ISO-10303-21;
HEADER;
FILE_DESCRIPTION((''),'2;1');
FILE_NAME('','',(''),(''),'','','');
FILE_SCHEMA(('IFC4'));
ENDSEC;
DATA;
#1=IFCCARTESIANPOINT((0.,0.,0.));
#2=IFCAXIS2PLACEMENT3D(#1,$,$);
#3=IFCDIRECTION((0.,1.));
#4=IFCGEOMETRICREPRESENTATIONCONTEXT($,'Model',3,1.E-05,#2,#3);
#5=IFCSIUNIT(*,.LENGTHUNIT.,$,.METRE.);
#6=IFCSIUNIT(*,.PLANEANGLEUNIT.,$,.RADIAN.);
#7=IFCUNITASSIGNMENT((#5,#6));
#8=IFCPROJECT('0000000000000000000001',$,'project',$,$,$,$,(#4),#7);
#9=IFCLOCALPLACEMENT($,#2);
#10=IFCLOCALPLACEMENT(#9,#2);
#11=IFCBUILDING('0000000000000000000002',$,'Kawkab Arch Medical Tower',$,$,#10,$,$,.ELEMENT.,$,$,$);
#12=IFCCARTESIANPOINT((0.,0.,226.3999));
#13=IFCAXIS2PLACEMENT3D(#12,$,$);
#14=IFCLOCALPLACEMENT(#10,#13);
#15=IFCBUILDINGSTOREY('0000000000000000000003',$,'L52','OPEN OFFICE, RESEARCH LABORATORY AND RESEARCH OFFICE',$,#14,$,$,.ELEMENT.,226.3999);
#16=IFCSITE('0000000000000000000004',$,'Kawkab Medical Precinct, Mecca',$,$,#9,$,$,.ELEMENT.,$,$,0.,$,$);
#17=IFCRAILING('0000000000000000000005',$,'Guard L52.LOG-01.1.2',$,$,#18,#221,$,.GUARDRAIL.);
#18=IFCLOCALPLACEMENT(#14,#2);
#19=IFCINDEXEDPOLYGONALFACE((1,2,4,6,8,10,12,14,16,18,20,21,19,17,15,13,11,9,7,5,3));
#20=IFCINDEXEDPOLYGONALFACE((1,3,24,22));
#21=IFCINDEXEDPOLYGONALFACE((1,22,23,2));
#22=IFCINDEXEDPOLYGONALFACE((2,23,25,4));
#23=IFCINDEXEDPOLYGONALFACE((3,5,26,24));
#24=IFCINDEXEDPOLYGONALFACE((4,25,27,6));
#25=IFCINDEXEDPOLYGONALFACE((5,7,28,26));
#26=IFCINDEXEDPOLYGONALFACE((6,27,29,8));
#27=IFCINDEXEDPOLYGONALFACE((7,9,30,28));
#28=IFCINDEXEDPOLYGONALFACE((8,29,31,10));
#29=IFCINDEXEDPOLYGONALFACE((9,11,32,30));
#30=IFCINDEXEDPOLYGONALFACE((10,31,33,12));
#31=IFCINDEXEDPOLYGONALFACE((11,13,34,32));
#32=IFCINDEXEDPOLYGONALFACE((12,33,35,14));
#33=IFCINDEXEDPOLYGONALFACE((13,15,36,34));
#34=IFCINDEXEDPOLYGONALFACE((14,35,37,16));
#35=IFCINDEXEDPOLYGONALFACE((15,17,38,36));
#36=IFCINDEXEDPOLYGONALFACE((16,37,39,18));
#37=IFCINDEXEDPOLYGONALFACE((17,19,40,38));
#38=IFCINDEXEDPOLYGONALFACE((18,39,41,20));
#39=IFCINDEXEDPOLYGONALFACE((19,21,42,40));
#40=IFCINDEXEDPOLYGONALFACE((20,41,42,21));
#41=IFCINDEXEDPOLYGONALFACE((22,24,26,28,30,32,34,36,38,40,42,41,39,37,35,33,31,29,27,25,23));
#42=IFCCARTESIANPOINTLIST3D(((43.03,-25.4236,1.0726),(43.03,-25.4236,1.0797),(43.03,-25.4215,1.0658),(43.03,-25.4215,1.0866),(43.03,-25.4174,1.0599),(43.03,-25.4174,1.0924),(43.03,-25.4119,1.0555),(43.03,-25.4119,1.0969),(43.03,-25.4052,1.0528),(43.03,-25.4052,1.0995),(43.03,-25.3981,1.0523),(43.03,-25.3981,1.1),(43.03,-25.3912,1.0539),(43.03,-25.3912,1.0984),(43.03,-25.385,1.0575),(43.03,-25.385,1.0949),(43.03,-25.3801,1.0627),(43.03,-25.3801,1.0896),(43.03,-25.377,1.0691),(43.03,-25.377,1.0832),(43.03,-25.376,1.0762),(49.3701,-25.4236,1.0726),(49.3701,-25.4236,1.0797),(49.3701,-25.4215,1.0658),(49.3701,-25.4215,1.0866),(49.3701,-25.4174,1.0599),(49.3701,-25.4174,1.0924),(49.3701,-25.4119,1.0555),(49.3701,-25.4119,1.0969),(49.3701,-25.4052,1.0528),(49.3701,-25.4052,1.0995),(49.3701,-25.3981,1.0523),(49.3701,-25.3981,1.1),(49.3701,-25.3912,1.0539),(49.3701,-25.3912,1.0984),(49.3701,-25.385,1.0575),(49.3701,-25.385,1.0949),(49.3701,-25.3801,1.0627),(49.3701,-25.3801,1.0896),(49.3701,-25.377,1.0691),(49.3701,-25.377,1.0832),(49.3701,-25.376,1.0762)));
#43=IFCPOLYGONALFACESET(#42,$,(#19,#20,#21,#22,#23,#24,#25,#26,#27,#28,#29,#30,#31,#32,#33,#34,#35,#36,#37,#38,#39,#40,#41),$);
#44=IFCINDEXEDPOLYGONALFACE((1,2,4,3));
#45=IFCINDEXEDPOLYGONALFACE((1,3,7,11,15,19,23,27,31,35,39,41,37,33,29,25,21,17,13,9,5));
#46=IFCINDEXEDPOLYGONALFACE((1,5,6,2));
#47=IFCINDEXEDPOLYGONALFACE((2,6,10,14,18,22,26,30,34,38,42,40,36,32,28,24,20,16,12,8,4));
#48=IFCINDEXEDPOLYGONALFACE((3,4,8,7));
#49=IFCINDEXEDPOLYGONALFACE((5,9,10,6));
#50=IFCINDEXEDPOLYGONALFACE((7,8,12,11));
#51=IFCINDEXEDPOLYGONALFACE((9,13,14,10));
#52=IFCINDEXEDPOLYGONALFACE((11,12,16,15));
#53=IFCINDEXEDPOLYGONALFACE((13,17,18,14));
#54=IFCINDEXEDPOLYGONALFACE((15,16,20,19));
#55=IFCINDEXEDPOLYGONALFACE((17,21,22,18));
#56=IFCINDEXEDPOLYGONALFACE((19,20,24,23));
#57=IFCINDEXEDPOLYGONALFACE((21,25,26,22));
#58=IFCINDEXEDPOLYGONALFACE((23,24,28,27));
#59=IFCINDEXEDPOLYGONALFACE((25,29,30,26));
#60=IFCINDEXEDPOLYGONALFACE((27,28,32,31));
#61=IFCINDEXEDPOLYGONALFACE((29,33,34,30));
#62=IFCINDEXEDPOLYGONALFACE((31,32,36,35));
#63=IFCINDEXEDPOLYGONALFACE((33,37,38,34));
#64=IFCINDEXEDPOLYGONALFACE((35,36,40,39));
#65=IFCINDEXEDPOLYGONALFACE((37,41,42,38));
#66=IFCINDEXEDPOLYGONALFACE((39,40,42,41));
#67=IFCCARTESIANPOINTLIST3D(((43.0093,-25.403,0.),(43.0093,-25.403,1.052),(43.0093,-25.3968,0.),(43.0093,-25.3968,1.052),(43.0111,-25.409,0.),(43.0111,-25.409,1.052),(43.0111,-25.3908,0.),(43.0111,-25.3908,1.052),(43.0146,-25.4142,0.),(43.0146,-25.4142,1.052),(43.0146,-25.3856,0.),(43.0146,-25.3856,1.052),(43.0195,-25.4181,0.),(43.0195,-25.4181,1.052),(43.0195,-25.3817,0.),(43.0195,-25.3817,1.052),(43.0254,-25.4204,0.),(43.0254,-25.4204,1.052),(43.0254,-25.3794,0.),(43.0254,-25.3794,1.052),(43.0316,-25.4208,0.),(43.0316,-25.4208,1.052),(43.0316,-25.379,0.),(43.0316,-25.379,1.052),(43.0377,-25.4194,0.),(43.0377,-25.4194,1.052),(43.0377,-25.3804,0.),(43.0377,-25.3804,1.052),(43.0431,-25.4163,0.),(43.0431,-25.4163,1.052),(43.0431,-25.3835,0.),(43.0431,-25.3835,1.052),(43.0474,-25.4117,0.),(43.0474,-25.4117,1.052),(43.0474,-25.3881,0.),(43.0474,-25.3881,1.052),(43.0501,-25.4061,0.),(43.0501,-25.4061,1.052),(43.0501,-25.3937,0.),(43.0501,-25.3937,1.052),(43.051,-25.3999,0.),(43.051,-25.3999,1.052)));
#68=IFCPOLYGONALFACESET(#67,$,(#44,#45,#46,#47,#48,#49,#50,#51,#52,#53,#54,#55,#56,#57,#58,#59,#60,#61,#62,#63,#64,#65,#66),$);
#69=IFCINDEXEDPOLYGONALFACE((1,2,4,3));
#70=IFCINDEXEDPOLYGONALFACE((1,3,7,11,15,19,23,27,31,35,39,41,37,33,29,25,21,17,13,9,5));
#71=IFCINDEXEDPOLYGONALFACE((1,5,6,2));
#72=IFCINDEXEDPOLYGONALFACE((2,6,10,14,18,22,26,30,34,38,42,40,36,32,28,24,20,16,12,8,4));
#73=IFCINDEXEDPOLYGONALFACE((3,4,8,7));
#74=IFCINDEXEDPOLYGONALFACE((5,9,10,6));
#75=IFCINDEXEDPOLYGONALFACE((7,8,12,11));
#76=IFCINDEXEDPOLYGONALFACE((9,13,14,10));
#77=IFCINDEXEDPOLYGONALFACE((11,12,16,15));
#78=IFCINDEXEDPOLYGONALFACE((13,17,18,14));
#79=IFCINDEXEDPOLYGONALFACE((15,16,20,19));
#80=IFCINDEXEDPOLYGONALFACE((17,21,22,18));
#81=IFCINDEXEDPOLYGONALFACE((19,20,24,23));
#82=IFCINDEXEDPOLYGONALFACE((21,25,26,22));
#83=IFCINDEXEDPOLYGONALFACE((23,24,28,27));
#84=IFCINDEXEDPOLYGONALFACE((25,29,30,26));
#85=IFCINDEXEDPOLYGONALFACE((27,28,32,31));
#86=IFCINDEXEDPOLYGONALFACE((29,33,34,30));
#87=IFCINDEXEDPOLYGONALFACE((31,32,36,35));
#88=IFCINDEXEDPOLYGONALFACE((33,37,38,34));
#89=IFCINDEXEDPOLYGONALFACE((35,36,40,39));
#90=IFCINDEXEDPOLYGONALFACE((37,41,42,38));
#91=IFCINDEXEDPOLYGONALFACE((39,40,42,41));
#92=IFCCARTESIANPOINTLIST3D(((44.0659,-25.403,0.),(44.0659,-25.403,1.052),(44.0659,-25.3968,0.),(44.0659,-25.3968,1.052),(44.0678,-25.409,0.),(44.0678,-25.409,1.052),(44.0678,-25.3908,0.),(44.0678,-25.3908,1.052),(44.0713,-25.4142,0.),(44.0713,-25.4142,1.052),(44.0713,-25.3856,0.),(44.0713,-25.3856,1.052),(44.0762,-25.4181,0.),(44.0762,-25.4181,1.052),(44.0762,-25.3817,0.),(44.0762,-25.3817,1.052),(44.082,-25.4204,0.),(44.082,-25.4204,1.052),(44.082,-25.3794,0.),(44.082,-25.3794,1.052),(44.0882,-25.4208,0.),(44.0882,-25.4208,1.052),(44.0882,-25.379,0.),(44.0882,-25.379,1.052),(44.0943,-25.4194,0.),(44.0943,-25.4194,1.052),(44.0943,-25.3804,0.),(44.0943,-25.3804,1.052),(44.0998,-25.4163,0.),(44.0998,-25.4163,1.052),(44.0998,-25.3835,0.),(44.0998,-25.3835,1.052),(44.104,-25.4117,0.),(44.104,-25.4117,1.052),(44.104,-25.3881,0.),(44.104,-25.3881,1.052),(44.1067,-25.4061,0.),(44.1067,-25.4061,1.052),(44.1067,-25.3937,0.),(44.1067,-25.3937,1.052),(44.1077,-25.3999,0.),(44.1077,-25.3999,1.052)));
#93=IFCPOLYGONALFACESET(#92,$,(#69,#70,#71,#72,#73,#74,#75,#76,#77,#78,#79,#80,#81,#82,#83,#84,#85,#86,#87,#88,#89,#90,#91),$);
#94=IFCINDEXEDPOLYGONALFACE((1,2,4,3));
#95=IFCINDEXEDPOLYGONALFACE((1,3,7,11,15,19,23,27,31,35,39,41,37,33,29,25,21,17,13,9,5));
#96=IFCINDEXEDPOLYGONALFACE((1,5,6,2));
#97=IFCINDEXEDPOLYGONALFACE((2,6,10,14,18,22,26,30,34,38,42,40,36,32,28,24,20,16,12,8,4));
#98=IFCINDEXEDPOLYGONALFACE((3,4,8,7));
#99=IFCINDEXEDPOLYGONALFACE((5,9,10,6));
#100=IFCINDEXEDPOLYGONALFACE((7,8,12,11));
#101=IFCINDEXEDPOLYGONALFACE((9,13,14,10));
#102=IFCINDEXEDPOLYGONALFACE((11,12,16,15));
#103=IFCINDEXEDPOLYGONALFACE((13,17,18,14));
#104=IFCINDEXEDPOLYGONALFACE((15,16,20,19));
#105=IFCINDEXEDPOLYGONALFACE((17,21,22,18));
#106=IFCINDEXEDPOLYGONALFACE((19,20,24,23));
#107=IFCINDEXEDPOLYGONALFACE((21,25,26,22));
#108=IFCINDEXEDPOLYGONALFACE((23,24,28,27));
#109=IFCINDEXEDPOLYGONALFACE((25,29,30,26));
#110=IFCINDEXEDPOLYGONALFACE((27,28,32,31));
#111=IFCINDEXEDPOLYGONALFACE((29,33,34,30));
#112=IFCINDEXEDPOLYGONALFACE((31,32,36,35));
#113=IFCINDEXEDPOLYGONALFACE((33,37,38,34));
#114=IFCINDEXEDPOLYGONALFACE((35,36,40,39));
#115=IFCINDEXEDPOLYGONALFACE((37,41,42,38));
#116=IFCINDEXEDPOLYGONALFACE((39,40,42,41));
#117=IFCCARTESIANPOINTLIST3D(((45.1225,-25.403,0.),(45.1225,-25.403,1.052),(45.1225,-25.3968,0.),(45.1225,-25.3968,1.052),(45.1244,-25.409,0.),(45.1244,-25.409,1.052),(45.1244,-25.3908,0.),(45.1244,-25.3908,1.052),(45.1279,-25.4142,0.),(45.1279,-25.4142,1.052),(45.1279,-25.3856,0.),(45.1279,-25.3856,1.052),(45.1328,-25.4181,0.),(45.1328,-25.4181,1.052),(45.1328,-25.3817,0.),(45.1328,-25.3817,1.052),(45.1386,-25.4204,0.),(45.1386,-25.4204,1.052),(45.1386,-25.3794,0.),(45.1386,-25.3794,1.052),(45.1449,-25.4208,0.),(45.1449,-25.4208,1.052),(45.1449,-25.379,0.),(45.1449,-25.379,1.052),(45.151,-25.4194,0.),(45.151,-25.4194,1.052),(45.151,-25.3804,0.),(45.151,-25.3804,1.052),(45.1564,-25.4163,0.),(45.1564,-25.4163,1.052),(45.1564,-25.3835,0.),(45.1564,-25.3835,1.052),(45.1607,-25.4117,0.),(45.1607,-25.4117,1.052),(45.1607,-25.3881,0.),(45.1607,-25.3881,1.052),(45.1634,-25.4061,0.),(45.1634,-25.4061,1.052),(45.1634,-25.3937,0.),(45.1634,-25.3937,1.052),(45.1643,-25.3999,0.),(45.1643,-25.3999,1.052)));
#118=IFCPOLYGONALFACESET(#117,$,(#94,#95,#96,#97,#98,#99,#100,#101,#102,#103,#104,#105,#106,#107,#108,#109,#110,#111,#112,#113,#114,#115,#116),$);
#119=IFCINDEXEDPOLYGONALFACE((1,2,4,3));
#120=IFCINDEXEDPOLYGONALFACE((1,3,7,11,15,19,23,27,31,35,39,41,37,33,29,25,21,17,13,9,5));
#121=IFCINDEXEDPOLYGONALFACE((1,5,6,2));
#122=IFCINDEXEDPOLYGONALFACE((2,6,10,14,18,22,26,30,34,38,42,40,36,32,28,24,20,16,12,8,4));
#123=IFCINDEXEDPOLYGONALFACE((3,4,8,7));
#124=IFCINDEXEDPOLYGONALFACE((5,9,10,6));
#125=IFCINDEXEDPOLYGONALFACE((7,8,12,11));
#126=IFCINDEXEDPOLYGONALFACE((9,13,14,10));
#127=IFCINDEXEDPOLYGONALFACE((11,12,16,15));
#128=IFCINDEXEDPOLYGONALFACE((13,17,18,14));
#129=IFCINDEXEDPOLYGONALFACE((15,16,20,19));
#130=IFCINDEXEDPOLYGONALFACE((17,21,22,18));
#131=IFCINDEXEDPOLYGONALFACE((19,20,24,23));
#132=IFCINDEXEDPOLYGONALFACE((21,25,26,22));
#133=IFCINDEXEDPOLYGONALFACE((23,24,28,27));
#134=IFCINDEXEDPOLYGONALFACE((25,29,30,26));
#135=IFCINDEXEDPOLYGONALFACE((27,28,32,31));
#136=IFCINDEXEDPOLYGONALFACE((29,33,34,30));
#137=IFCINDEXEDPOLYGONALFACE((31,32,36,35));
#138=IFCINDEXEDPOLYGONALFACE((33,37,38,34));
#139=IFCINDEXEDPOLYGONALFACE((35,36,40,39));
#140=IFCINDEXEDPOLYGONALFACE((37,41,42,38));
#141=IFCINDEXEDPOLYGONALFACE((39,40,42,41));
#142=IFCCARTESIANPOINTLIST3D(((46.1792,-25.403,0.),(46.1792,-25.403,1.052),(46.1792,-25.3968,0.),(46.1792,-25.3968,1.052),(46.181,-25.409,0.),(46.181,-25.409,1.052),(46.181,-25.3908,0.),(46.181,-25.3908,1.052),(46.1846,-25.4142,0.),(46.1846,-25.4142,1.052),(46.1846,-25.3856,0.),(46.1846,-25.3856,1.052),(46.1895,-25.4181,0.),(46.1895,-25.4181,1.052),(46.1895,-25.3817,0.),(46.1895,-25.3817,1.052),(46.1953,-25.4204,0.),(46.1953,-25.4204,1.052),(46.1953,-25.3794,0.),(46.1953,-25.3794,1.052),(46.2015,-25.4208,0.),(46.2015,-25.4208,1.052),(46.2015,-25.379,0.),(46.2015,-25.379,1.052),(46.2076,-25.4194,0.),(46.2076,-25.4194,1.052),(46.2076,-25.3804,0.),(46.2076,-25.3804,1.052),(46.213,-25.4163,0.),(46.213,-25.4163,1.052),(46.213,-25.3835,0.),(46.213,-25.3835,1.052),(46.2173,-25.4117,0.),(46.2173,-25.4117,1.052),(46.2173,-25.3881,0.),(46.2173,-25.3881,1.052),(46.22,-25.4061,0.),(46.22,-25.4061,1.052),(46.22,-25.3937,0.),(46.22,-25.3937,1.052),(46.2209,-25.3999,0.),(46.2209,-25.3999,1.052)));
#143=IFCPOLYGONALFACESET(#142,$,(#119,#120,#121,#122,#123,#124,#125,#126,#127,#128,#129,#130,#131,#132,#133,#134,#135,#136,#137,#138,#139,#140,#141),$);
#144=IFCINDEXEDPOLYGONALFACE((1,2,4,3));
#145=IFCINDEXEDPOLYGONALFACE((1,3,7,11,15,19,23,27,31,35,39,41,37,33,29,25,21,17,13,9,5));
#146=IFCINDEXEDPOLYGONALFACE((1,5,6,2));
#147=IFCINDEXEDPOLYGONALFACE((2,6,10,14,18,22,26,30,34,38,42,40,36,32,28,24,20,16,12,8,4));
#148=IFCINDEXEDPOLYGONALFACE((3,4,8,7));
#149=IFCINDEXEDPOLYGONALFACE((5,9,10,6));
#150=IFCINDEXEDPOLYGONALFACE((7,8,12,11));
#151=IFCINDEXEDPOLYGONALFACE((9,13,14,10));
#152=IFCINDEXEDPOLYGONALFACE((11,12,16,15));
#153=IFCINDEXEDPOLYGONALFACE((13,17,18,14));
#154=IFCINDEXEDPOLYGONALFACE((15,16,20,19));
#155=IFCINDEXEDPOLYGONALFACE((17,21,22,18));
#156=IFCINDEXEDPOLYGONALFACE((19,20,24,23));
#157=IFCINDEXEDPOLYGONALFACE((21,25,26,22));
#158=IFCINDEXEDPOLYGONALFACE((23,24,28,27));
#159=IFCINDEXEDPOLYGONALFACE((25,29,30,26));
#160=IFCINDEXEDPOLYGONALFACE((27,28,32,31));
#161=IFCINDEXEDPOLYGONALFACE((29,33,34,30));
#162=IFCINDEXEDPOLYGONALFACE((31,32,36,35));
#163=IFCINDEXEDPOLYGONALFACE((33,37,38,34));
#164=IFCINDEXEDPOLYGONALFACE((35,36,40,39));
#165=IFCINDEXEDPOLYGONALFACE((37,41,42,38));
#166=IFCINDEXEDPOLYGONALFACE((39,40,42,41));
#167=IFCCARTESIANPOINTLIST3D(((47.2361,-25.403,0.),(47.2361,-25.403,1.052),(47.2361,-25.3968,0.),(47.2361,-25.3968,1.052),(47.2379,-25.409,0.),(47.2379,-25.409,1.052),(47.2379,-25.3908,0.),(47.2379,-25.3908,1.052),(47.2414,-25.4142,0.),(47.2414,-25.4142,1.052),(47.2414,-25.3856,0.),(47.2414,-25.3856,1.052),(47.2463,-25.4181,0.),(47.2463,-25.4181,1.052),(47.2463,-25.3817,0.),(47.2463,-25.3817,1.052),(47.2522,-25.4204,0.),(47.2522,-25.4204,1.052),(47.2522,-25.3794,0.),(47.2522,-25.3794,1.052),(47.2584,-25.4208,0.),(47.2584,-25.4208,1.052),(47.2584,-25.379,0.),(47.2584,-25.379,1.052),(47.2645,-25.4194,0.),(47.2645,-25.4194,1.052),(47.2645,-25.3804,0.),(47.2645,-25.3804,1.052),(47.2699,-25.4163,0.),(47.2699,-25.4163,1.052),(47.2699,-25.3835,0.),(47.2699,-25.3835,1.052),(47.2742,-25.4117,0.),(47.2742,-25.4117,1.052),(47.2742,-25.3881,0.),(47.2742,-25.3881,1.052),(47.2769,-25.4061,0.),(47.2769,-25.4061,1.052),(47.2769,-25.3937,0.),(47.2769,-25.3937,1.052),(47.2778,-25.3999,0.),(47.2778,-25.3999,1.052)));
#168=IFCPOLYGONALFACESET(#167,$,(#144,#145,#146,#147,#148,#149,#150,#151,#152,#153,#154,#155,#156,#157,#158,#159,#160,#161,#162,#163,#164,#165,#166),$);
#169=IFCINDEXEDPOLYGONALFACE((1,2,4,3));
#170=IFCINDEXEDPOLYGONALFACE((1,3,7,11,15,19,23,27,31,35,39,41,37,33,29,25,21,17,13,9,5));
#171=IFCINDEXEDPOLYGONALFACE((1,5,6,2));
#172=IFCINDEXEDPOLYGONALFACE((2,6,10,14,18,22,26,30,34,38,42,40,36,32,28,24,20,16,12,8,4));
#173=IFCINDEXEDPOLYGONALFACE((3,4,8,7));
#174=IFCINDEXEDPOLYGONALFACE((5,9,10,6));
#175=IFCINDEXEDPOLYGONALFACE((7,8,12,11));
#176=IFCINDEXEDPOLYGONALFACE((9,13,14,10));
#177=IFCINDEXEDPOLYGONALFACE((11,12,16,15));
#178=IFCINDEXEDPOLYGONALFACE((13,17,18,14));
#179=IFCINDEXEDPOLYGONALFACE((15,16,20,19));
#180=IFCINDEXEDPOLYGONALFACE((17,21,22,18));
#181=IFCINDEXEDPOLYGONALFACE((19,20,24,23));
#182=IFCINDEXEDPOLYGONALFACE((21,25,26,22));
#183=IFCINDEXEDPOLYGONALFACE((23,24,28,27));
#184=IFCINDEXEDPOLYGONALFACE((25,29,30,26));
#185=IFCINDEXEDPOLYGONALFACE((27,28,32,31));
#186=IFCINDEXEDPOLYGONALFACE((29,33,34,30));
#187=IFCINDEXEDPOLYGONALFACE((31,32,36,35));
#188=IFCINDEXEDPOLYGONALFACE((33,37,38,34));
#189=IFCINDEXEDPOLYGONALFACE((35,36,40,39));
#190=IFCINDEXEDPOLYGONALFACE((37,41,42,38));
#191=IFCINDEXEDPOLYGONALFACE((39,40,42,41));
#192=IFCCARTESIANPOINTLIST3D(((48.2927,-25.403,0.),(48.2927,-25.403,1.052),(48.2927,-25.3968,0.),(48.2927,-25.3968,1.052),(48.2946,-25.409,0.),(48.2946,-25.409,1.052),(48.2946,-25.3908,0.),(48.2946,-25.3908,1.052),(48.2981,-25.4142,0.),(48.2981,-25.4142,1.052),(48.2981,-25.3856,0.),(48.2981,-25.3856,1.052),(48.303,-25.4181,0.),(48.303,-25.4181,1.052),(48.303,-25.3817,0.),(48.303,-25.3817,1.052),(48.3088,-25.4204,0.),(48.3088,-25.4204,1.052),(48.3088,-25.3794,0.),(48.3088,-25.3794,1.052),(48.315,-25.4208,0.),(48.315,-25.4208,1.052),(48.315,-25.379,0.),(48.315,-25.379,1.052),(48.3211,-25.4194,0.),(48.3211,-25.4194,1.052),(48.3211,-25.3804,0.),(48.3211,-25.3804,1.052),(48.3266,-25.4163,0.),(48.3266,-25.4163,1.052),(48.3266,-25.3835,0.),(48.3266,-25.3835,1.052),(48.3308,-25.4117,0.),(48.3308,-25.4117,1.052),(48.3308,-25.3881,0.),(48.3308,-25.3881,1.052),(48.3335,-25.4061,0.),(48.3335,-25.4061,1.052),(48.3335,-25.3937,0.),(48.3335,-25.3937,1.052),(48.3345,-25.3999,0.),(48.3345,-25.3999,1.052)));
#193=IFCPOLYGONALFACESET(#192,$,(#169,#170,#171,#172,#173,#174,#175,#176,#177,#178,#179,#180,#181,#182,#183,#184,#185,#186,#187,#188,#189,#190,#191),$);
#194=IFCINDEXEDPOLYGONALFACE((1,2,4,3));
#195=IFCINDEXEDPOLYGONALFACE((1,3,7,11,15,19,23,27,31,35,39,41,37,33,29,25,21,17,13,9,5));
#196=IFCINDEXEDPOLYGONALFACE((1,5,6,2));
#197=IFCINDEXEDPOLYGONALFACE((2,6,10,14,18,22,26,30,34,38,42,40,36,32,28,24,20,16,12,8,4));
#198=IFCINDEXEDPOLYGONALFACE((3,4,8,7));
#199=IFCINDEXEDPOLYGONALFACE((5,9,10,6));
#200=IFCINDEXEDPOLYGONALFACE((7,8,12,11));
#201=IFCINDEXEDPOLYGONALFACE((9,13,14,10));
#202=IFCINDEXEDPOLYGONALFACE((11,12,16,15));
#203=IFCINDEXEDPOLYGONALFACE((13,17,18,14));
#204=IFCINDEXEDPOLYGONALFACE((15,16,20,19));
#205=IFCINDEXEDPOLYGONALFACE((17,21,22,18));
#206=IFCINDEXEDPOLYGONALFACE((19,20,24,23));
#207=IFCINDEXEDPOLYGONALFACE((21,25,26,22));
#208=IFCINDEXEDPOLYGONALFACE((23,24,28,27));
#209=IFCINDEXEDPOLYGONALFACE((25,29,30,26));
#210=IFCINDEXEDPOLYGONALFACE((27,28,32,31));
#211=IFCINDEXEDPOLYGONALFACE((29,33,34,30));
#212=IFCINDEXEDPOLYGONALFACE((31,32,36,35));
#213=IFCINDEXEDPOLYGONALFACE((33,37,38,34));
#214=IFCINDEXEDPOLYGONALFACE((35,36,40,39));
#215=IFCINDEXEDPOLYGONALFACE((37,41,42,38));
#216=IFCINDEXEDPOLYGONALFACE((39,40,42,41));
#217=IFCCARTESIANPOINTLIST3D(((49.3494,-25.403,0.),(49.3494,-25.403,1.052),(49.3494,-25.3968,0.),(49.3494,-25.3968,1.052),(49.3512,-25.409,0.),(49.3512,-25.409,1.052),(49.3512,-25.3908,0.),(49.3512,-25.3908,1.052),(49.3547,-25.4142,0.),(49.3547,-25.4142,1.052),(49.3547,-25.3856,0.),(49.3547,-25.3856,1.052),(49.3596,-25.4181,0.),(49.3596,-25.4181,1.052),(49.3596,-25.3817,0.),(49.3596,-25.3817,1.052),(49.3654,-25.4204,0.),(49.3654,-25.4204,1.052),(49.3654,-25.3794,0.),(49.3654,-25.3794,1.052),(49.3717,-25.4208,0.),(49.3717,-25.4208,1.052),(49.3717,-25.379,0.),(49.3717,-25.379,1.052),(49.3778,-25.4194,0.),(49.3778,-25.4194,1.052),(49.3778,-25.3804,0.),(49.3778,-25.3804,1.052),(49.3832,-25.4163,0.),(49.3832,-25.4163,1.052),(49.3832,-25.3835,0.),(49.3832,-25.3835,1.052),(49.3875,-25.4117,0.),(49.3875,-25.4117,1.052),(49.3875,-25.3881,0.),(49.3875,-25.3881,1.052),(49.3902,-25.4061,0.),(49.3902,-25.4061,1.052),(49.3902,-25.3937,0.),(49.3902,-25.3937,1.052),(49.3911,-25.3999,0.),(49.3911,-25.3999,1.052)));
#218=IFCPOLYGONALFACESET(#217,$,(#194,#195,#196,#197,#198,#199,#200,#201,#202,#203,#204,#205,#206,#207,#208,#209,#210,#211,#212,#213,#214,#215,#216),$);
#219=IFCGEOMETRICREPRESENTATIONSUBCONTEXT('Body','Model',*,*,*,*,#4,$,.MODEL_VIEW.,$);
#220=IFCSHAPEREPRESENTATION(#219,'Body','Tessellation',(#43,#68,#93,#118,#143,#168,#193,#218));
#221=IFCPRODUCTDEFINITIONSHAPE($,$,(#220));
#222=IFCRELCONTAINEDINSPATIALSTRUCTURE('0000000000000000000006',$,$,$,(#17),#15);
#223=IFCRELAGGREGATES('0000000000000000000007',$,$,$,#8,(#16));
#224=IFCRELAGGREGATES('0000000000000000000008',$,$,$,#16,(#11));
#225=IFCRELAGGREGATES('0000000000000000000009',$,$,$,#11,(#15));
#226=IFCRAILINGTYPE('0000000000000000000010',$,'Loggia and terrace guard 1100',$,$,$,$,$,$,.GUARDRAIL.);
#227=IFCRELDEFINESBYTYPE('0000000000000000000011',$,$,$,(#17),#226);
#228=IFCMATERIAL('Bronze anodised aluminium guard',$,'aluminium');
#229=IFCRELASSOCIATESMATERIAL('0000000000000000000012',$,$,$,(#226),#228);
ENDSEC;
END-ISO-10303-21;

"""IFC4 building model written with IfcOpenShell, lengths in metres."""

from ifc_helpers import new_model, si_unit, direction, frame, origin, origin_2d, place, context, subcontext, project, spatial, circle, extrude, material, type_object, element, save


model = new_model("IFC4")

# Units and contexts
model_context = context("Model", 3, precision=1e-05, world=origin(), true_north=direction((0.0, 1.0)))
body_context = subcontext(model_context, "Body", "Model", "MODEL_VIEW")
ifc_project = project(units=[si_unit("LENGTHUNIT", "METRE"), si_unit("PLANEANGLEUNIT", "RADIAN")], contexts=[model_context])

# Site, building, storey
site_placement = place(None, origin())
site = spatial("IfcSite", under=ifc_project, at=site_placement, Name="Kawkab Medical Precinct, Mecca", CompositionType="ELEMENT", RefElevation=0.0)
building_placement = place(site_placement, origin())
building = spatial("IfcBuilding", under=site, at=building_placement, Name="Kawkab Arch Medical Tower", CompositionType="ELEMENT")
storey_placement = place(building_placement, frame((0.0, 0.0, 226.3999)))
storey = spatial("IfcBuildingStorey", under=building, at=storey_placement, Name="L52", Description="OPEN OFFICE, RESEARCH LABORATORY AND RESEARCH OFFICE", CompositionType="ELEMENT", Elevation=226.3999)

# Railing
ifc_material_1 = material(Name="Bronze anodised aluminium guard", Category="aluminium")
railing_type_1 = type_object("IfcRailingType", Name="Loggia and terrace guard 1100", PredefinedType="GUARDRAIL", material=ifc_material_1)
railing_1_placement = place(storey_placement, frame((43.03, -25.3999, 0.0)))
element("IfcRailing", 1, at=railing_1_placement, inside=storey, type_object=railing_type_1, Name="Guard L52.LOG-01.1.2", PredefinedType="GUARDRAIL", context=body_context, shape_type="SweptSolid", body=[
    extrude(circle(Radius=0.0239, at=origin_2d()), frame((0.0, 0.0, 1.0762), z_axis=(1.0, 0.0, 0.0), x_axis=(0.0, 1.0, 0.0)), (0.0, 0.0, 1.0), 6.3401),
    extrude(circle(Radius=0.021, at=origin_2d()), origin(), (0.0, 0.0, 1.0), 1.052),
    extrude(circle(Radius=0.021, at=origin_2d()), frame((1.0566, 0.0, 0.0)), (0.0, 0.0, 1.0), 1.052),
    extrude(circle(Radius=0.021, at=origin_2d()), frame((2.1133, 0.0, 0.0)), (0.0, 0.0, 1.0), 1.052),
    extrude(circle(Radius=0.021, at=origin_2d()), frame((3.1699, 0.0, 0.0)), (0.0, 0.0, 1.0), 1.052),
    extrude(circle(Radius=0.021, at=origin_2d()), frame((4.2268, 0.0, 0.0)), (0.0, 0.0, 1.0), 1.052),
    extrude(circle(Radius=0.021, at=origin_2d()), frame((5.2834, 0.0, 0.0)), (0.0, 0.0, 1.0), 1.052),
    extrude(circle(Radius=0.021, at=origin_2d()), frame((6.3401, 0.0, 0.0)), (0.0, 0.0, 1.0), 1.052),
])

save(model, "model.ifc")
